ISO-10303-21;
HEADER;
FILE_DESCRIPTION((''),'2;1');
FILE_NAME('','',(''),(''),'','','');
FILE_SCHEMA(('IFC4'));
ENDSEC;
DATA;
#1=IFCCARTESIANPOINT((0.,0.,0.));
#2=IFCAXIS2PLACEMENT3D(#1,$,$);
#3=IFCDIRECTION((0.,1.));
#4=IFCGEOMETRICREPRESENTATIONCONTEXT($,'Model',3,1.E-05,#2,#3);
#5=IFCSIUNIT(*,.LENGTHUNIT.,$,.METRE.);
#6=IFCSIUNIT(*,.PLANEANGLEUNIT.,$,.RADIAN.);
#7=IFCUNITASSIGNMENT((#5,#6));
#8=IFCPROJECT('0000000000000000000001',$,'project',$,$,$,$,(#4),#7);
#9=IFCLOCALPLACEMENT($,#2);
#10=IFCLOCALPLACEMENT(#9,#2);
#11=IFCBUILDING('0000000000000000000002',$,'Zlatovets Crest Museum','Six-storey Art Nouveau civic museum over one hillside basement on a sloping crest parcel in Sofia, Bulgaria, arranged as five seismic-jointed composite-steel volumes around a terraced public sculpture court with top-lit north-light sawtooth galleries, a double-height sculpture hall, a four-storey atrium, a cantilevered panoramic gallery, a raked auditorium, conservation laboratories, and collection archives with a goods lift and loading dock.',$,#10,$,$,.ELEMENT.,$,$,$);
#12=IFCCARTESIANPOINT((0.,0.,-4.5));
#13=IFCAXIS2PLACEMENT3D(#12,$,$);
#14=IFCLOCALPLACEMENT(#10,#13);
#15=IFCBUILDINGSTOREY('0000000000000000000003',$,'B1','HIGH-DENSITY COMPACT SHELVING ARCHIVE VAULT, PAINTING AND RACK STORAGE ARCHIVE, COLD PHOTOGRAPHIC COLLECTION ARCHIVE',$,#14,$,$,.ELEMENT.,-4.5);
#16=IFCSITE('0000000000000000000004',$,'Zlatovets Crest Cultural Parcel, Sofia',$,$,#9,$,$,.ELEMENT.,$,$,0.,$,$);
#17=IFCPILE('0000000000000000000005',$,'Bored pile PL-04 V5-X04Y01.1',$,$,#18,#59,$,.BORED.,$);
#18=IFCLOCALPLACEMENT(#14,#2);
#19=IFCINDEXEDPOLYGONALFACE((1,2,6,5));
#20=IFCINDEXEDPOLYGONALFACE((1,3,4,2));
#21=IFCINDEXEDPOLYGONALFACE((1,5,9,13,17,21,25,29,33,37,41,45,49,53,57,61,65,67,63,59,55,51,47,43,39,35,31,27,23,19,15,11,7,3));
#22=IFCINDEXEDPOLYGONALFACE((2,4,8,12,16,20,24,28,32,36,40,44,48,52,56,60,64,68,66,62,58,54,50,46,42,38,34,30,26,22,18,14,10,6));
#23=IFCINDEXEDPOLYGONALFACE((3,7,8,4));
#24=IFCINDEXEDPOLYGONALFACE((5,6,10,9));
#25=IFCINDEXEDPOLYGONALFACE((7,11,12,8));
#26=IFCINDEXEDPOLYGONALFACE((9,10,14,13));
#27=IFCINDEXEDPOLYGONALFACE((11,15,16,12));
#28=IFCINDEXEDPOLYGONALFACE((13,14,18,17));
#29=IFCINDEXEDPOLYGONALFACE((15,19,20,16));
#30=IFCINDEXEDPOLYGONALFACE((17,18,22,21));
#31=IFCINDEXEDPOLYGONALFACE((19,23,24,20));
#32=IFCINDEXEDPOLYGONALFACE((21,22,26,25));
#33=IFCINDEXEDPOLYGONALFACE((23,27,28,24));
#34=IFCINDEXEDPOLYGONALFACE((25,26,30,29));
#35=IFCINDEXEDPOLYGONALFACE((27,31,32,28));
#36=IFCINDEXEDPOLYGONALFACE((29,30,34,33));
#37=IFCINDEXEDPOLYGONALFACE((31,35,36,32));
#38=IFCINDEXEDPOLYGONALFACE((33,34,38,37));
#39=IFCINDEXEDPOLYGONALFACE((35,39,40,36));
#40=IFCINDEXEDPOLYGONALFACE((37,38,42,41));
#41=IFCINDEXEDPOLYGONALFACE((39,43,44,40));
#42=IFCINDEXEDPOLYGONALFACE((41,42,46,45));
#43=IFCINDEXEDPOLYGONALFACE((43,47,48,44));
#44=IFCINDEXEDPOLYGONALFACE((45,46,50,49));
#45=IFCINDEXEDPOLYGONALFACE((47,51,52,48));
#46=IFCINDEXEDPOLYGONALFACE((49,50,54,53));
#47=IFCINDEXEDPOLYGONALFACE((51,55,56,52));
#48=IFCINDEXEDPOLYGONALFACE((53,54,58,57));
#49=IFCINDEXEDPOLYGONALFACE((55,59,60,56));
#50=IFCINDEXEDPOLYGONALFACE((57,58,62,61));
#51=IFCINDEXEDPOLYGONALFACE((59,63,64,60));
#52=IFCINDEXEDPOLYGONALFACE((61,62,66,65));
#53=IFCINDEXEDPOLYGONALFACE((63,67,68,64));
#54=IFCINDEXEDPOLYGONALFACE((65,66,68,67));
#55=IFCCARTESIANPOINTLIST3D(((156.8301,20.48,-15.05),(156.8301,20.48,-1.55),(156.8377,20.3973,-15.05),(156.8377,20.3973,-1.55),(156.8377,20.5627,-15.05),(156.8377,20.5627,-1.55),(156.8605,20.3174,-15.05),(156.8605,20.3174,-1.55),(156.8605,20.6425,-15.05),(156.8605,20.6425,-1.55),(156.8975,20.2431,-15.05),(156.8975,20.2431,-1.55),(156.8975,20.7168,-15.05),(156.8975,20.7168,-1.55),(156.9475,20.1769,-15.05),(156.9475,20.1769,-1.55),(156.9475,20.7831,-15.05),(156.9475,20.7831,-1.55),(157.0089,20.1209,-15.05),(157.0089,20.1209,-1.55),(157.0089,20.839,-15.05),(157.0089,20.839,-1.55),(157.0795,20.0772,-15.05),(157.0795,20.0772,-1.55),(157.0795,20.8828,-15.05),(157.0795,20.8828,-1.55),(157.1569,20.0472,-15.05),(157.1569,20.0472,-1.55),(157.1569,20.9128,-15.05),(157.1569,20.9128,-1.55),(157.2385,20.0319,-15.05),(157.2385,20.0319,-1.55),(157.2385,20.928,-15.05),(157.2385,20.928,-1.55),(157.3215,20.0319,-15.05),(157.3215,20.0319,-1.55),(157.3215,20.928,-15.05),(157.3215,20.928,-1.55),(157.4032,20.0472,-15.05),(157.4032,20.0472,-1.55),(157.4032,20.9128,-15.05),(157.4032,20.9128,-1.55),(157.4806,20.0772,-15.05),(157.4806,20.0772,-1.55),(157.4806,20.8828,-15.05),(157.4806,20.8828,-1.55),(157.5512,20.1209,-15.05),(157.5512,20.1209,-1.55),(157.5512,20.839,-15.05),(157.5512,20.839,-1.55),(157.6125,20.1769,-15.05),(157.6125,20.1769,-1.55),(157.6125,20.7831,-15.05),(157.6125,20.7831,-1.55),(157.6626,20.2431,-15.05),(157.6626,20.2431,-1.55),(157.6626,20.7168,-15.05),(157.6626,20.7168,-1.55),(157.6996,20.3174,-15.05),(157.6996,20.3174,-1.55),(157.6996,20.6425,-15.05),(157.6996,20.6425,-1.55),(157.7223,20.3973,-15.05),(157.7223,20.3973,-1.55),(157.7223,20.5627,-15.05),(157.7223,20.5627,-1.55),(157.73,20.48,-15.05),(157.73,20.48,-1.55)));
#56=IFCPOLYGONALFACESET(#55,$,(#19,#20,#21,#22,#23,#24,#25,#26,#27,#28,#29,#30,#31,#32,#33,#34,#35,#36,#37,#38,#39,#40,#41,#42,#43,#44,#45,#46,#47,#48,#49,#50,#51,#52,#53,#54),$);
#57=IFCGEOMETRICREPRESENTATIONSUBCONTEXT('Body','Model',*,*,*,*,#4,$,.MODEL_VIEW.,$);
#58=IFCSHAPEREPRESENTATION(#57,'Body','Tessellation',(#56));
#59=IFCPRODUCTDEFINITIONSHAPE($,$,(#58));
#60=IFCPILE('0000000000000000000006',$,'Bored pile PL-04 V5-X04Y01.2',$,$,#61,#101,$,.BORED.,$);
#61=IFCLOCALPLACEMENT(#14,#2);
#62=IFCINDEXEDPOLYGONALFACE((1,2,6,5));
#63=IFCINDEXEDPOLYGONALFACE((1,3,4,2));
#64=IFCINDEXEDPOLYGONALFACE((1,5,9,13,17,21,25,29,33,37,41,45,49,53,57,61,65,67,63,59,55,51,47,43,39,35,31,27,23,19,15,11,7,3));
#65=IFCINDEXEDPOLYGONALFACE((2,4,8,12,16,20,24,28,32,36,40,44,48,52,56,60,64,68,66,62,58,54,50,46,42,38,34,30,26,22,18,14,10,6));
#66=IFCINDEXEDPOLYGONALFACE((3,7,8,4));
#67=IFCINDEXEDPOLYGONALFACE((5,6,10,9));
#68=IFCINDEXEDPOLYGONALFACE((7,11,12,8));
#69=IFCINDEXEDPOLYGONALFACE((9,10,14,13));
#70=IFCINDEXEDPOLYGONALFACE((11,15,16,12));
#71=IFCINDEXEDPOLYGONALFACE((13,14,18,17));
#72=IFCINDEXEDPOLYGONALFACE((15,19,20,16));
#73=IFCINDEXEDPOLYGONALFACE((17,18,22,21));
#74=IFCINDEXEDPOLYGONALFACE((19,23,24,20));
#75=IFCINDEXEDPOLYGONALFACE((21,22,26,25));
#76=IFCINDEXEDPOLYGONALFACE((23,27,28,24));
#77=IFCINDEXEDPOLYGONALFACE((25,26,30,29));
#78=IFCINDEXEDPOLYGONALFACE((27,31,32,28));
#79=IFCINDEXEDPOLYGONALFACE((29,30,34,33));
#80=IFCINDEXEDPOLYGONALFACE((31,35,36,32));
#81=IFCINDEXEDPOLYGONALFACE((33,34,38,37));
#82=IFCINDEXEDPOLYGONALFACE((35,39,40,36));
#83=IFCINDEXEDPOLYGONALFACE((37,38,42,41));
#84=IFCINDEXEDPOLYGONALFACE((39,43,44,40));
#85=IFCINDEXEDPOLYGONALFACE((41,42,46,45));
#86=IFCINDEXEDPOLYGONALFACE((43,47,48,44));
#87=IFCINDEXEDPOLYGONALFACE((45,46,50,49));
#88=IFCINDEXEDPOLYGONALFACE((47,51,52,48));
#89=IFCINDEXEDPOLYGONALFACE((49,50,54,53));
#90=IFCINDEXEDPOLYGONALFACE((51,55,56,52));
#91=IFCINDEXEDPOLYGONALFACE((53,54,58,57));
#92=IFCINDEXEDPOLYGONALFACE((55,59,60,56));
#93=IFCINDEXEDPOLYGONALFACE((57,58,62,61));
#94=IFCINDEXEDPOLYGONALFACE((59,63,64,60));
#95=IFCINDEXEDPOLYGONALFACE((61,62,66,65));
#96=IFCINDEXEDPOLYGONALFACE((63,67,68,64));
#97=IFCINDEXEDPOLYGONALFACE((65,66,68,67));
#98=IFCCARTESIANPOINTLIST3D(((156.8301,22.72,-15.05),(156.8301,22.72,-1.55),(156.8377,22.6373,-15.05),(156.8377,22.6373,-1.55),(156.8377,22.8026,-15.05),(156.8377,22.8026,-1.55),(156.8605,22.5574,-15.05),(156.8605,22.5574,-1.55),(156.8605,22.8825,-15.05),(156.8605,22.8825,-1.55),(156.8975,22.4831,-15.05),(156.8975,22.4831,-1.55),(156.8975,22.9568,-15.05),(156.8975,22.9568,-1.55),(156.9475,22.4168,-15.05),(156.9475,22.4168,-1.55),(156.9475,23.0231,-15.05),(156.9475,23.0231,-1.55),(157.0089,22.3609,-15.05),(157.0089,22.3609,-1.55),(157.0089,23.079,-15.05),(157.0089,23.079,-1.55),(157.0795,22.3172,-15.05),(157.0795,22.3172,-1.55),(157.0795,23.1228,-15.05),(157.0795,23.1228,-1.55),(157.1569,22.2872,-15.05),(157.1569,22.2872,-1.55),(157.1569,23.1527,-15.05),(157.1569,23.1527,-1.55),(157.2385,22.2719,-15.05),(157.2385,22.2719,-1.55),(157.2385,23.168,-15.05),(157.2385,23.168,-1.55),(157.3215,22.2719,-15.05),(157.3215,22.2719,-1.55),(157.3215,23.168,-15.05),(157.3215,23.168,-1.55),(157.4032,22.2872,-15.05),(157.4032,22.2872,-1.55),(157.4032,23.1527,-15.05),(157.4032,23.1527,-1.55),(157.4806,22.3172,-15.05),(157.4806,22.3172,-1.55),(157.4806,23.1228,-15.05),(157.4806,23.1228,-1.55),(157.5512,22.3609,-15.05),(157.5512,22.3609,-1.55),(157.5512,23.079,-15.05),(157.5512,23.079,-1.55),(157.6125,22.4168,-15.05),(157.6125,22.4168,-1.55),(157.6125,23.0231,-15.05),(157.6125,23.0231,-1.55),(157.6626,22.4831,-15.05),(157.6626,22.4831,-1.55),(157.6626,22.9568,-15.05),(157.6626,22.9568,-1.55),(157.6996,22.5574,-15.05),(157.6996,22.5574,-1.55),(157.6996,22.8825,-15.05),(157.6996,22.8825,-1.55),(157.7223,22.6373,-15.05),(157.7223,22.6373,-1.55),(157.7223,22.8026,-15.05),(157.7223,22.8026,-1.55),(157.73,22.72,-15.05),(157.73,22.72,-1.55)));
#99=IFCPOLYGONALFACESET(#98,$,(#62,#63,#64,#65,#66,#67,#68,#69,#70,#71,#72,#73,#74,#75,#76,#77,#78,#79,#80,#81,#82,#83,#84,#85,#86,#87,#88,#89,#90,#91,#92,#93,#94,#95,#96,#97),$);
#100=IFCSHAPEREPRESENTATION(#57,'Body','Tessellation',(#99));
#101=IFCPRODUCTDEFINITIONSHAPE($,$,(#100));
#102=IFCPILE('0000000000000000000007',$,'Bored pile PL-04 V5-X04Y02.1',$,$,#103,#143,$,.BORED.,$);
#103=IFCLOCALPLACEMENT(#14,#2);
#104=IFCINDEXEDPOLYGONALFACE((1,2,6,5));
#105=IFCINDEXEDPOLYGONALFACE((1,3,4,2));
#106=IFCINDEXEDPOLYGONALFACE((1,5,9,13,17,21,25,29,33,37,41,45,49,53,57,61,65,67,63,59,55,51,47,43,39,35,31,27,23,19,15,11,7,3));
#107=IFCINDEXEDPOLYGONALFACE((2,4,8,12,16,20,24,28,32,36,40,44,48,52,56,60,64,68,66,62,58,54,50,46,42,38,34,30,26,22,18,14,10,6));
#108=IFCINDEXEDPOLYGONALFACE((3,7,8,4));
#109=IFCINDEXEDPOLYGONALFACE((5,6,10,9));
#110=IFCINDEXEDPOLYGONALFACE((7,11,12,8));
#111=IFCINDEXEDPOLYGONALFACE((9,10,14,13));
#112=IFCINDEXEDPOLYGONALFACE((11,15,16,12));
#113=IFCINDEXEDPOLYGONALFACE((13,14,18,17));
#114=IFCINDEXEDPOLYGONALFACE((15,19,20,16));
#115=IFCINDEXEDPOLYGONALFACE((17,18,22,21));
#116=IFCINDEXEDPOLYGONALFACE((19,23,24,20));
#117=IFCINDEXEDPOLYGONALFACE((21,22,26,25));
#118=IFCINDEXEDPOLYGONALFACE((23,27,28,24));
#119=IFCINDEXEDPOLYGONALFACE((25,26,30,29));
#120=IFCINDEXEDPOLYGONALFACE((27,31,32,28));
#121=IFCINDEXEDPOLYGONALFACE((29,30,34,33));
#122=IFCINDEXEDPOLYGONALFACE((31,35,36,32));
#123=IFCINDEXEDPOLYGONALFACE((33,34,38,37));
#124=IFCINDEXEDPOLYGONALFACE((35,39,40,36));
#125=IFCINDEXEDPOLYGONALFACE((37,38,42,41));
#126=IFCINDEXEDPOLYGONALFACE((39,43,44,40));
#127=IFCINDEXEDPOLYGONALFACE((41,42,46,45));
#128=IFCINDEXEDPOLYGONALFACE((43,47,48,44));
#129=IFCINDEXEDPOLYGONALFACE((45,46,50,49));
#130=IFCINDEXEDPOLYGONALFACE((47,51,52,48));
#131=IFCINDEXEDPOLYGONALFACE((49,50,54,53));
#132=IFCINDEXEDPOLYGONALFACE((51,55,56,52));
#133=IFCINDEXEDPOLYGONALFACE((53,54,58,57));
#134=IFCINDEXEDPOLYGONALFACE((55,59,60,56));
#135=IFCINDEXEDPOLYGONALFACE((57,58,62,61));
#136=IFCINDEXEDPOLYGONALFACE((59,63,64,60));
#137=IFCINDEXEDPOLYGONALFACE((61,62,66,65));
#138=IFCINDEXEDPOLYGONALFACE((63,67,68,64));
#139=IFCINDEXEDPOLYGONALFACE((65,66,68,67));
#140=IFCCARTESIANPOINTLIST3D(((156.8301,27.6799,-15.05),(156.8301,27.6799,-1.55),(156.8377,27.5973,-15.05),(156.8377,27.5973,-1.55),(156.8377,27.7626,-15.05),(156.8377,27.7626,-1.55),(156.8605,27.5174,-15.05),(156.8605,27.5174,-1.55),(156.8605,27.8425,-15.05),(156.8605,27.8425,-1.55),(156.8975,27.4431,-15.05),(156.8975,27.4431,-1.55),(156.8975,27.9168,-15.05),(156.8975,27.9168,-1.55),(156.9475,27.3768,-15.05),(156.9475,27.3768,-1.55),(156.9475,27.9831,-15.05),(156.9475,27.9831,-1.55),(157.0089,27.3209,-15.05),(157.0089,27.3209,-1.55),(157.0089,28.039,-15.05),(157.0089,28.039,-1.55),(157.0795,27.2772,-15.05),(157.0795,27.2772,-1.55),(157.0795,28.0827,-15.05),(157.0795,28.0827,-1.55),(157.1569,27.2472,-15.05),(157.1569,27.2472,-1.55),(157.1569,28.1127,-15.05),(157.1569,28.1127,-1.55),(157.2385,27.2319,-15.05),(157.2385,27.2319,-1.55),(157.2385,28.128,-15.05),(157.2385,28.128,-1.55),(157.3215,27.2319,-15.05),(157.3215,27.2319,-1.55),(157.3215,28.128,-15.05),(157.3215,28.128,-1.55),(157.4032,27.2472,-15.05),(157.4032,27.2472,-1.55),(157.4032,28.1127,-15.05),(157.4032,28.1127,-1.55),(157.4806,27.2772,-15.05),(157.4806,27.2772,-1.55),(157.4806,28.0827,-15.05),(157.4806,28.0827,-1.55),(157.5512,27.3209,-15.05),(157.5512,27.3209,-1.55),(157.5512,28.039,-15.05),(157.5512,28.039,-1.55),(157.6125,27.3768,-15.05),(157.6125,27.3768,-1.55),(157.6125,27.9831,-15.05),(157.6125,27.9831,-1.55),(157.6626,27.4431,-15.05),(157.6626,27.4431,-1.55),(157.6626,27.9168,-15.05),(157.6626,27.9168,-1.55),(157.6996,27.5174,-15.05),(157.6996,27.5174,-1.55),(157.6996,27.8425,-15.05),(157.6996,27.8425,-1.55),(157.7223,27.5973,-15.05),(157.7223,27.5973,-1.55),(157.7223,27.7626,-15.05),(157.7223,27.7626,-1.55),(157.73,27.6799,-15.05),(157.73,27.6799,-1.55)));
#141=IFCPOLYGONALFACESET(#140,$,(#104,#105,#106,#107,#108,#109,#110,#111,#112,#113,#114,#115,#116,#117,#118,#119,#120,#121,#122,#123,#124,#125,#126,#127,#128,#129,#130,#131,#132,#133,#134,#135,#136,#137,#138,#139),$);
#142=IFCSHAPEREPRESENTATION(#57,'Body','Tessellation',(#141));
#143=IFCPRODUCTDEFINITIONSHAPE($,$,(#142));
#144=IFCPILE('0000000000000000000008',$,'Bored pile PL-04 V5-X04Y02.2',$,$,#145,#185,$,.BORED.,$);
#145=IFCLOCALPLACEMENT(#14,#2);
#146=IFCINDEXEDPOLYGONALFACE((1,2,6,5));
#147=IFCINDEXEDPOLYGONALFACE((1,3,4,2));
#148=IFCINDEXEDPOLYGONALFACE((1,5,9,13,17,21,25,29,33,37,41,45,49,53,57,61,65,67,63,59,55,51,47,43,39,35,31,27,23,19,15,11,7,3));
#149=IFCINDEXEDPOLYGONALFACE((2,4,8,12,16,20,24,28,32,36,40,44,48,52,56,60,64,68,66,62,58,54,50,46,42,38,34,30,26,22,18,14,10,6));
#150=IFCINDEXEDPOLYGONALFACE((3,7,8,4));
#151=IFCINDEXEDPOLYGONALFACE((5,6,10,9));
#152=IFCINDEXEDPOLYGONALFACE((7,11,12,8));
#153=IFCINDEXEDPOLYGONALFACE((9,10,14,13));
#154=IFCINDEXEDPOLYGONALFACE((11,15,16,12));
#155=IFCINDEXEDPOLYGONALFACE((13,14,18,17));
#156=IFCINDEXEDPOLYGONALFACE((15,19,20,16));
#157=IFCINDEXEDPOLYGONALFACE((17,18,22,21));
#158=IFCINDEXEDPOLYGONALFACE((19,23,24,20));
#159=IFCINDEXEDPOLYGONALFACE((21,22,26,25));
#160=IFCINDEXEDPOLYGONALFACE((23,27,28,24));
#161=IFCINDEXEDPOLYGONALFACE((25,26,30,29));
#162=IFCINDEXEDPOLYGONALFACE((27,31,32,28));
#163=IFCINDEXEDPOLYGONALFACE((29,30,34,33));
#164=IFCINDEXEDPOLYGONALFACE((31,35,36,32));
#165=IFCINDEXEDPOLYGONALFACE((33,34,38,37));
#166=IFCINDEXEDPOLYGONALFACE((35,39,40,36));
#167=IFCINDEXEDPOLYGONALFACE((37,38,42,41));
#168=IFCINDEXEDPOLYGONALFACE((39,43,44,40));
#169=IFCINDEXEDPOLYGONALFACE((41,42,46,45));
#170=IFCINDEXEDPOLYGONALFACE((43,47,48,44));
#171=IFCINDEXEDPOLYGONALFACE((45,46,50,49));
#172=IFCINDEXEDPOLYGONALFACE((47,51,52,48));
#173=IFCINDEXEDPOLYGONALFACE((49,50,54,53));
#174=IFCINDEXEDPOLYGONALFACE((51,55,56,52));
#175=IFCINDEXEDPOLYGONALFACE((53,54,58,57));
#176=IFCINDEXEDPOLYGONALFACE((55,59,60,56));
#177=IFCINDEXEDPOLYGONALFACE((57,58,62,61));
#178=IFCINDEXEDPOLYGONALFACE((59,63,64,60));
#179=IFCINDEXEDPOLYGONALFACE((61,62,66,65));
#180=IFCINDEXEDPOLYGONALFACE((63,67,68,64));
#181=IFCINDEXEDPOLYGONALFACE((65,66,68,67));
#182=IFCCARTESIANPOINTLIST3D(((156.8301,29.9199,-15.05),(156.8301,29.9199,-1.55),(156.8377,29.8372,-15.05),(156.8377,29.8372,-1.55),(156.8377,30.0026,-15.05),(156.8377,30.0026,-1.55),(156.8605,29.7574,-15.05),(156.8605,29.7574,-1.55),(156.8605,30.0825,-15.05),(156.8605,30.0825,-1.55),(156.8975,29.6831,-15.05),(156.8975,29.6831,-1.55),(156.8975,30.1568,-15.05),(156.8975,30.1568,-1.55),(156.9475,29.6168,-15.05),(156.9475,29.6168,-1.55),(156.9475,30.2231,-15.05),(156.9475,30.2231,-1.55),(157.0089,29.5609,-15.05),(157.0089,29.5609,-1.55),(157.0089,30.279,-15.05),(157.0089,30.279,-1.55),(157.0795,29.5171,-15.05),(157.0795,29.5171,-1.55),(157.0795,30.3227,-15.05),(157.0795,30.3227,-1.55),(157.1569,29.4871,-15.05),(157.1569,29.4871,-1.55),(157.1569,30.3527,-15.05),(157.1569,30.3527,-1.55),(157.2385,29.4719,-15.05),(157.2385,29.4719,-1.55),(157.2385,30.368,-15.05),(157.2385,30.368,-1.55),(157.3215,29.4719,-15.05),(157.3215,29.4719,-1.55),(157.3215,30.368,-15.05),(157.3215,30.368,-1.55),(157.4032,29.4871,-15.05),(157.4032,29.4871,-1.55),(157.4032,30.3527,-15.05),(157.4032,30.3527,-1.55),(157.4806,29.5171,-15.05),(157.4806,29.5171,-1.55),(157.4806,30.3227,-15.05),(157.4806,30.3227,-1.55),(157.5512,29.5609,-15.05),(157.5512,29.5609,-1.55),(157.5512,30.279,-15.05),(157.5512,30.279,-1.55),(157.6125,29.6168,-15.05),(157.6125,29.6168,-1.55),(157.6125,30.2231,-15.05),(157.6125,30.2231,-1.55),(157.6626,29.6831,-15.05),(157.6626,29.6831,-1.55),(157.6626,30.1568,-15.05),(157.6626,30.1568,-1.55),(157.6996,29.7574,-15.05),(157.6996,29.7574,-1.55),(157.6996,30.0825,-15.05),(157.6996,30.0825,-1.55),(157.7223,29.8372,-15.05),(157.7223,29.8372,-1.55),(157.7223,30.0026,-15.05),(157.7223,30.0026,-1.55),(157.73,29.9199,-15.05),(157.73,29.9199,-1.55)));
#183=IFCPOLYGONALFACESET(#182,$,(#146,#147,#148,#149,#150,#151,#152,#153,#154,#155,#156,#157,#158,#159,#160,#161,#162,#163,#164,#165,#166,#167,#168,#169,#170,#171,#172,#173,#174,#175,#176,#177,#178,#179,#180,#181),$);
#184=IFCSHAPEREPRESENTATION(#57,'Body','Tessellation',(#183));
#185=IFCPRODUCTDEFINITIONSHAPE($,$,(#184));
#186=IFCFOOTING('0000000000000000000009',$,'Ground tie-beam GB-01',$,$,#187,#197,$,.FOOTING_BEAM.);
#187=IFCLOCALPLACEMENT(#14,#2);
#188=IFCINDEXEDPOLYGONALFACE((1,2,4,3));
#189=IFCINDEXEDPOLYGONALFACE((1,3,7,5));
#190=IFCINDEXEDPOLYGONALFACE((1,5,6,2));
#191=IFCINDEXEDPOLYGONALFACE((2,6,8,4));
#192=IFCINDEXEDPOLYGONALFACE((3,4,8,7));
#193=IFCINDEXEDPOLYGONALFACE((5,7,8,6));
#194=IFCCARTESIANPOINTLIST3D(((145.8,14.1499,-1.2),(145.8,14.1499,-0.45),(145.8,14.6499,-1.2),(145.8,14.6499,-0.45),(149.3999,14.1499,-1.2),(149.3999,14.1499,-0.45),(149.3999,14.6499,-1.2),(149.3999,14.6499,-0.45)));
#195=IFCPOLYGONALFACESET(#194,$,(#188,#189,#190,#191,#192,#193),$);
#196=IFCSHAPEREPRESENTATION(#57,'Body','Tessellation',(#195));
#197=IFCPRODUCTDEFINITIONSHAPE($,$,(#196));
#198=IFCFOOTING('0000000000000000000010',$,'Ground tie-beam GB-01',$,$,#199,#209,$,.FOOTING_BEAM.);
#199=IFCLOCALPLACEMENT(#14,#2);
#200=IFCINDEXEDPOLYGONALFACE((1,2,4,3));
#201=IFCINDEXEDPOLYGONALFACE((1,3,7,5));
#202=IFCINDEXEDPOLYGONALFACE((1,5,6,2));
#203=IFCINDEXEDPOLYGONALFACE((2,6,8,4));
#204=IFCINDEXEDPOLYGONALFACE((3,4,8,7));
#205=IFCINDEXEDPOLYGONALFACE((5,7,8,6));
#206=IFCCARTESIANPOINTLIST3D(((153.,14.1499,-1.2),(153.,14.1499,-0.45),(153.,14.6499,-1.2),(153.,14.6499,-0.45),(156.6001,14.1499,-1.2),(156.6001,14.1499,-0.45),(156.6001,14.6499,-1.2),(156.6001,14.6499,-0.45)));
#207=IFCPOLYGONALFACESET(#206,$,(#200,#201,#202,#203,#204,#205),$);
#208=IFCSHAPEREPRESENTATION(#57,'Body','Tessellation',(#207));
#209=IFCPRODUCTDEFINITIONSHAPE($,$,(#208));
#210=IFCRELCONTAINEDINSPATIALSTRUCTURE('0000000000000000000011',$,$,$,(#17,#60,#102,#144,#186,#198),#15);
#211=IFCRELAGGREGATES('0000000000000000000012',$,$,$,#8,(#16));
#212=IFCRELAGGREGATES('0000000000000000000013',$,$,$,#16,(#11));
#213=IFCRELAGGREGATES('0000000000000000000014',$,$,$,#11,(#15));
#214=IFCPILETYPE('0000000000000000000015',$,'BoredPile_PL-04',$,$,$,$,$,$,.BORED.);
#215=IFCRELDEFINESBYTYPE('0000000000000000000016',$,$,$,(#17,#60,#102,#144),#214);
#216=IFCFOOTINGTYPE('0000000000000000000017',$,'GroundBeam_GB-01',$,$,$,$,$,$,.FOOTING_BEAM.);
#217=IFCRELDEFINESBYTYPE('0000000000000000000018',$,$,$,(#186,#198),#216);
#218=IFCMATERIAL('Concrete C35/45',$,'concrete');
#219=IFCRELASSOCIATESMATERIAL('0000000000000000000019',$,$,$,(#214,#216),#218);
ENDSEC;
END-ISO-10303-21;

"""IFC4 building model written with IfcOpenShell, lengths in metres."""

from ifc_helpers import new_model, si_unit, direction, frame, origin, origin_2d, place, context, subcontext, project, spatial, rectangle, circle, extrude, material, material_profile, profile_set, type_object, element, save


model = new_model("IFC4")

# Units and contexts
model_context = context("Model", 3, precision=1e-05, world=origin(), true_north=direction((0.0, 1.0)))
body_context = subcontext(model_context, "Body", "Model", "MODEL_VIEW")
ifc_project = project(units=[si_unit("LENGTHUNIT", "METRE"), si_unit("PLANEANGLEUNIT", "RADIAN")], contexts=[model_context])

# Site, building, storey
site_placement = place(None, origin())
site = spatial("IfcSite", under=ifc_project, at=site_placement, Name="Zlatovets Crest Cultural Parcel, Sofia", CompositionType="ELEMENT", RefElevation=0.0)
building_placement = place(site_placement, origin())
building = spatial("IfcBuilding", under=site, at=building_placement, Name="Zlatovets Crest Museum", Description="Six-storey Art Nouveau civic museum over one hillside basement on a sloping crest parcel in Sofia, Bulgaria, arranged as five seismic-jointed composite-steel volumes around a terraced public sculpture court with top-lit north-light sawtooth galleries, a double-height sculpture hall, a four-storey atrium, a cantilevered panoramic gallery, a raked auditorium, conservation laboratories, and collection archives with a goods lift and loading dock.", CompositionType="ELEMENT")
storey_placement = place(building_placement, frame((0.0, 0.0, -4.5)))
storey = spatial("IfcBuildingStorey", under=building, at=storey_placement, Name="B1", Description="HIGH-DENSITY COMPACT SHELVING ARCHIVE VAULT, PAINTING AND RACK STORAGE ARCHIVE, COLD PHOTOGRAPHIC COLLECTION ARCHIVE", CompositionType="ELEMENT", Elevation=-4.5)

# Piles
ifc_material = material(Name="Concrete C35/45", Category="concrete")
ifc_material_profile_1 = material_profile(ifc_material, circle(Radius=0.45, at=origin_2d()), Name="PILE D900")
ifc_profile_set_1 = profile_set([ifc_material_profile_1], Name="Concrete C35/45")
pile_type = type_object("IfcPileType", Name="BoredPile_PL-04", PredefinedType="BORED", material=ifc_profile_set_1)
for number, where, z_axis, x_axis, name in (
    (1, (157.28, 20.48, -1.55), (0.0, 0.0, -1.0), (1.0, 0.0, 0.0), "Bored pile PL-04 V5-X04Y01.1"),
    (2, (157.28, 22.72, -1.55), (0.0, 0.0, -1.0), (1.0, 0.0, 0.0), "Bored pile PL-04 V5-X04Y01.2"),
    (3, (157.28, 27.6799, -1.55), (0.0, 0.0, -1.0), (1.0, 0.0, 0.0), "Bored pile PL-04 V5-X04Y02.1"),
    (4, (157.28, 29.9199, -1.55), (0.0, 0.0, -1.0), (1.0, 0.0, 0.0), "Bored pile PL-04 V5-X04Y02.2"),
):
    element("IfcPile", number, at=place(storey_placement, frame(where, z_axis=z_axis, x_axis=x_axis)), inside=storey, type_object=pile_type, Name=name, PredefinedType="BORED", context=body_context, shape_type="SweptSolid", body=[
        extrude(circle(Radius=0.45, at=origin_2d()), origin(), (0.0, 0.0, 1.0), 13.5),
    ])

# Footings
ifc_material_profile_2 = material_profile(ifc_material, rectangle(XDim=0.5, YDim=0.75, at=origin_2d()), Name="RC 500x750")
ifc_profile_set_2 = profile_set([ifc_material_profile_2], Name="Concrete C35/45")
footing_type_1 = type_object("IfcFootingType", Name="GroundBeam_GB-01", PredefinedType="FOOTING_BEAM", material=ifc_profile_set_2)
footing_1_placement = place(storey_placement, frame((145.8, 14.3999, -0.825), z_axis=(1.0, 0.0, 0.0), x_axis=(0.0, 1.0, 0.0)))
element("IfcFooting", 5, at=footing_1_placement, inside=storey, type_object=footing_type_1, Name="Ground tie-beam GB-01", PredefinedType="FOOTING_BEAM", context=body_context, shape_type="SweptSolid", body=[
    extrude(rectangle(XDim=0.5, YDim=0.75, at=origin_2d()), origin(), (0.0, 0.0, 1.0), 3.5999),
])
footing_2_placement = place(storey_placement, frame((153.0, 14.3999, -0.825), z_axis=(1.0, 0.0, 0.0), x_axis=(0.0, 1.0, 0.0)))
element("IfcFooting", 6, at=footing_2_placement, inside=storey, type_object=footing_type_1, Name="Ground tie-beam GB-01", PredefinedType="FOOTING_BEAM", context=body_context, shape_type="SweptSolid", body=[
    extrude(rectangle(XDim=0.5, YDim=0.75, at=origin_2d()), origin(), (0.0, 0.0, 1.0), 3.6001),
])

save(model, "model.ifc")
